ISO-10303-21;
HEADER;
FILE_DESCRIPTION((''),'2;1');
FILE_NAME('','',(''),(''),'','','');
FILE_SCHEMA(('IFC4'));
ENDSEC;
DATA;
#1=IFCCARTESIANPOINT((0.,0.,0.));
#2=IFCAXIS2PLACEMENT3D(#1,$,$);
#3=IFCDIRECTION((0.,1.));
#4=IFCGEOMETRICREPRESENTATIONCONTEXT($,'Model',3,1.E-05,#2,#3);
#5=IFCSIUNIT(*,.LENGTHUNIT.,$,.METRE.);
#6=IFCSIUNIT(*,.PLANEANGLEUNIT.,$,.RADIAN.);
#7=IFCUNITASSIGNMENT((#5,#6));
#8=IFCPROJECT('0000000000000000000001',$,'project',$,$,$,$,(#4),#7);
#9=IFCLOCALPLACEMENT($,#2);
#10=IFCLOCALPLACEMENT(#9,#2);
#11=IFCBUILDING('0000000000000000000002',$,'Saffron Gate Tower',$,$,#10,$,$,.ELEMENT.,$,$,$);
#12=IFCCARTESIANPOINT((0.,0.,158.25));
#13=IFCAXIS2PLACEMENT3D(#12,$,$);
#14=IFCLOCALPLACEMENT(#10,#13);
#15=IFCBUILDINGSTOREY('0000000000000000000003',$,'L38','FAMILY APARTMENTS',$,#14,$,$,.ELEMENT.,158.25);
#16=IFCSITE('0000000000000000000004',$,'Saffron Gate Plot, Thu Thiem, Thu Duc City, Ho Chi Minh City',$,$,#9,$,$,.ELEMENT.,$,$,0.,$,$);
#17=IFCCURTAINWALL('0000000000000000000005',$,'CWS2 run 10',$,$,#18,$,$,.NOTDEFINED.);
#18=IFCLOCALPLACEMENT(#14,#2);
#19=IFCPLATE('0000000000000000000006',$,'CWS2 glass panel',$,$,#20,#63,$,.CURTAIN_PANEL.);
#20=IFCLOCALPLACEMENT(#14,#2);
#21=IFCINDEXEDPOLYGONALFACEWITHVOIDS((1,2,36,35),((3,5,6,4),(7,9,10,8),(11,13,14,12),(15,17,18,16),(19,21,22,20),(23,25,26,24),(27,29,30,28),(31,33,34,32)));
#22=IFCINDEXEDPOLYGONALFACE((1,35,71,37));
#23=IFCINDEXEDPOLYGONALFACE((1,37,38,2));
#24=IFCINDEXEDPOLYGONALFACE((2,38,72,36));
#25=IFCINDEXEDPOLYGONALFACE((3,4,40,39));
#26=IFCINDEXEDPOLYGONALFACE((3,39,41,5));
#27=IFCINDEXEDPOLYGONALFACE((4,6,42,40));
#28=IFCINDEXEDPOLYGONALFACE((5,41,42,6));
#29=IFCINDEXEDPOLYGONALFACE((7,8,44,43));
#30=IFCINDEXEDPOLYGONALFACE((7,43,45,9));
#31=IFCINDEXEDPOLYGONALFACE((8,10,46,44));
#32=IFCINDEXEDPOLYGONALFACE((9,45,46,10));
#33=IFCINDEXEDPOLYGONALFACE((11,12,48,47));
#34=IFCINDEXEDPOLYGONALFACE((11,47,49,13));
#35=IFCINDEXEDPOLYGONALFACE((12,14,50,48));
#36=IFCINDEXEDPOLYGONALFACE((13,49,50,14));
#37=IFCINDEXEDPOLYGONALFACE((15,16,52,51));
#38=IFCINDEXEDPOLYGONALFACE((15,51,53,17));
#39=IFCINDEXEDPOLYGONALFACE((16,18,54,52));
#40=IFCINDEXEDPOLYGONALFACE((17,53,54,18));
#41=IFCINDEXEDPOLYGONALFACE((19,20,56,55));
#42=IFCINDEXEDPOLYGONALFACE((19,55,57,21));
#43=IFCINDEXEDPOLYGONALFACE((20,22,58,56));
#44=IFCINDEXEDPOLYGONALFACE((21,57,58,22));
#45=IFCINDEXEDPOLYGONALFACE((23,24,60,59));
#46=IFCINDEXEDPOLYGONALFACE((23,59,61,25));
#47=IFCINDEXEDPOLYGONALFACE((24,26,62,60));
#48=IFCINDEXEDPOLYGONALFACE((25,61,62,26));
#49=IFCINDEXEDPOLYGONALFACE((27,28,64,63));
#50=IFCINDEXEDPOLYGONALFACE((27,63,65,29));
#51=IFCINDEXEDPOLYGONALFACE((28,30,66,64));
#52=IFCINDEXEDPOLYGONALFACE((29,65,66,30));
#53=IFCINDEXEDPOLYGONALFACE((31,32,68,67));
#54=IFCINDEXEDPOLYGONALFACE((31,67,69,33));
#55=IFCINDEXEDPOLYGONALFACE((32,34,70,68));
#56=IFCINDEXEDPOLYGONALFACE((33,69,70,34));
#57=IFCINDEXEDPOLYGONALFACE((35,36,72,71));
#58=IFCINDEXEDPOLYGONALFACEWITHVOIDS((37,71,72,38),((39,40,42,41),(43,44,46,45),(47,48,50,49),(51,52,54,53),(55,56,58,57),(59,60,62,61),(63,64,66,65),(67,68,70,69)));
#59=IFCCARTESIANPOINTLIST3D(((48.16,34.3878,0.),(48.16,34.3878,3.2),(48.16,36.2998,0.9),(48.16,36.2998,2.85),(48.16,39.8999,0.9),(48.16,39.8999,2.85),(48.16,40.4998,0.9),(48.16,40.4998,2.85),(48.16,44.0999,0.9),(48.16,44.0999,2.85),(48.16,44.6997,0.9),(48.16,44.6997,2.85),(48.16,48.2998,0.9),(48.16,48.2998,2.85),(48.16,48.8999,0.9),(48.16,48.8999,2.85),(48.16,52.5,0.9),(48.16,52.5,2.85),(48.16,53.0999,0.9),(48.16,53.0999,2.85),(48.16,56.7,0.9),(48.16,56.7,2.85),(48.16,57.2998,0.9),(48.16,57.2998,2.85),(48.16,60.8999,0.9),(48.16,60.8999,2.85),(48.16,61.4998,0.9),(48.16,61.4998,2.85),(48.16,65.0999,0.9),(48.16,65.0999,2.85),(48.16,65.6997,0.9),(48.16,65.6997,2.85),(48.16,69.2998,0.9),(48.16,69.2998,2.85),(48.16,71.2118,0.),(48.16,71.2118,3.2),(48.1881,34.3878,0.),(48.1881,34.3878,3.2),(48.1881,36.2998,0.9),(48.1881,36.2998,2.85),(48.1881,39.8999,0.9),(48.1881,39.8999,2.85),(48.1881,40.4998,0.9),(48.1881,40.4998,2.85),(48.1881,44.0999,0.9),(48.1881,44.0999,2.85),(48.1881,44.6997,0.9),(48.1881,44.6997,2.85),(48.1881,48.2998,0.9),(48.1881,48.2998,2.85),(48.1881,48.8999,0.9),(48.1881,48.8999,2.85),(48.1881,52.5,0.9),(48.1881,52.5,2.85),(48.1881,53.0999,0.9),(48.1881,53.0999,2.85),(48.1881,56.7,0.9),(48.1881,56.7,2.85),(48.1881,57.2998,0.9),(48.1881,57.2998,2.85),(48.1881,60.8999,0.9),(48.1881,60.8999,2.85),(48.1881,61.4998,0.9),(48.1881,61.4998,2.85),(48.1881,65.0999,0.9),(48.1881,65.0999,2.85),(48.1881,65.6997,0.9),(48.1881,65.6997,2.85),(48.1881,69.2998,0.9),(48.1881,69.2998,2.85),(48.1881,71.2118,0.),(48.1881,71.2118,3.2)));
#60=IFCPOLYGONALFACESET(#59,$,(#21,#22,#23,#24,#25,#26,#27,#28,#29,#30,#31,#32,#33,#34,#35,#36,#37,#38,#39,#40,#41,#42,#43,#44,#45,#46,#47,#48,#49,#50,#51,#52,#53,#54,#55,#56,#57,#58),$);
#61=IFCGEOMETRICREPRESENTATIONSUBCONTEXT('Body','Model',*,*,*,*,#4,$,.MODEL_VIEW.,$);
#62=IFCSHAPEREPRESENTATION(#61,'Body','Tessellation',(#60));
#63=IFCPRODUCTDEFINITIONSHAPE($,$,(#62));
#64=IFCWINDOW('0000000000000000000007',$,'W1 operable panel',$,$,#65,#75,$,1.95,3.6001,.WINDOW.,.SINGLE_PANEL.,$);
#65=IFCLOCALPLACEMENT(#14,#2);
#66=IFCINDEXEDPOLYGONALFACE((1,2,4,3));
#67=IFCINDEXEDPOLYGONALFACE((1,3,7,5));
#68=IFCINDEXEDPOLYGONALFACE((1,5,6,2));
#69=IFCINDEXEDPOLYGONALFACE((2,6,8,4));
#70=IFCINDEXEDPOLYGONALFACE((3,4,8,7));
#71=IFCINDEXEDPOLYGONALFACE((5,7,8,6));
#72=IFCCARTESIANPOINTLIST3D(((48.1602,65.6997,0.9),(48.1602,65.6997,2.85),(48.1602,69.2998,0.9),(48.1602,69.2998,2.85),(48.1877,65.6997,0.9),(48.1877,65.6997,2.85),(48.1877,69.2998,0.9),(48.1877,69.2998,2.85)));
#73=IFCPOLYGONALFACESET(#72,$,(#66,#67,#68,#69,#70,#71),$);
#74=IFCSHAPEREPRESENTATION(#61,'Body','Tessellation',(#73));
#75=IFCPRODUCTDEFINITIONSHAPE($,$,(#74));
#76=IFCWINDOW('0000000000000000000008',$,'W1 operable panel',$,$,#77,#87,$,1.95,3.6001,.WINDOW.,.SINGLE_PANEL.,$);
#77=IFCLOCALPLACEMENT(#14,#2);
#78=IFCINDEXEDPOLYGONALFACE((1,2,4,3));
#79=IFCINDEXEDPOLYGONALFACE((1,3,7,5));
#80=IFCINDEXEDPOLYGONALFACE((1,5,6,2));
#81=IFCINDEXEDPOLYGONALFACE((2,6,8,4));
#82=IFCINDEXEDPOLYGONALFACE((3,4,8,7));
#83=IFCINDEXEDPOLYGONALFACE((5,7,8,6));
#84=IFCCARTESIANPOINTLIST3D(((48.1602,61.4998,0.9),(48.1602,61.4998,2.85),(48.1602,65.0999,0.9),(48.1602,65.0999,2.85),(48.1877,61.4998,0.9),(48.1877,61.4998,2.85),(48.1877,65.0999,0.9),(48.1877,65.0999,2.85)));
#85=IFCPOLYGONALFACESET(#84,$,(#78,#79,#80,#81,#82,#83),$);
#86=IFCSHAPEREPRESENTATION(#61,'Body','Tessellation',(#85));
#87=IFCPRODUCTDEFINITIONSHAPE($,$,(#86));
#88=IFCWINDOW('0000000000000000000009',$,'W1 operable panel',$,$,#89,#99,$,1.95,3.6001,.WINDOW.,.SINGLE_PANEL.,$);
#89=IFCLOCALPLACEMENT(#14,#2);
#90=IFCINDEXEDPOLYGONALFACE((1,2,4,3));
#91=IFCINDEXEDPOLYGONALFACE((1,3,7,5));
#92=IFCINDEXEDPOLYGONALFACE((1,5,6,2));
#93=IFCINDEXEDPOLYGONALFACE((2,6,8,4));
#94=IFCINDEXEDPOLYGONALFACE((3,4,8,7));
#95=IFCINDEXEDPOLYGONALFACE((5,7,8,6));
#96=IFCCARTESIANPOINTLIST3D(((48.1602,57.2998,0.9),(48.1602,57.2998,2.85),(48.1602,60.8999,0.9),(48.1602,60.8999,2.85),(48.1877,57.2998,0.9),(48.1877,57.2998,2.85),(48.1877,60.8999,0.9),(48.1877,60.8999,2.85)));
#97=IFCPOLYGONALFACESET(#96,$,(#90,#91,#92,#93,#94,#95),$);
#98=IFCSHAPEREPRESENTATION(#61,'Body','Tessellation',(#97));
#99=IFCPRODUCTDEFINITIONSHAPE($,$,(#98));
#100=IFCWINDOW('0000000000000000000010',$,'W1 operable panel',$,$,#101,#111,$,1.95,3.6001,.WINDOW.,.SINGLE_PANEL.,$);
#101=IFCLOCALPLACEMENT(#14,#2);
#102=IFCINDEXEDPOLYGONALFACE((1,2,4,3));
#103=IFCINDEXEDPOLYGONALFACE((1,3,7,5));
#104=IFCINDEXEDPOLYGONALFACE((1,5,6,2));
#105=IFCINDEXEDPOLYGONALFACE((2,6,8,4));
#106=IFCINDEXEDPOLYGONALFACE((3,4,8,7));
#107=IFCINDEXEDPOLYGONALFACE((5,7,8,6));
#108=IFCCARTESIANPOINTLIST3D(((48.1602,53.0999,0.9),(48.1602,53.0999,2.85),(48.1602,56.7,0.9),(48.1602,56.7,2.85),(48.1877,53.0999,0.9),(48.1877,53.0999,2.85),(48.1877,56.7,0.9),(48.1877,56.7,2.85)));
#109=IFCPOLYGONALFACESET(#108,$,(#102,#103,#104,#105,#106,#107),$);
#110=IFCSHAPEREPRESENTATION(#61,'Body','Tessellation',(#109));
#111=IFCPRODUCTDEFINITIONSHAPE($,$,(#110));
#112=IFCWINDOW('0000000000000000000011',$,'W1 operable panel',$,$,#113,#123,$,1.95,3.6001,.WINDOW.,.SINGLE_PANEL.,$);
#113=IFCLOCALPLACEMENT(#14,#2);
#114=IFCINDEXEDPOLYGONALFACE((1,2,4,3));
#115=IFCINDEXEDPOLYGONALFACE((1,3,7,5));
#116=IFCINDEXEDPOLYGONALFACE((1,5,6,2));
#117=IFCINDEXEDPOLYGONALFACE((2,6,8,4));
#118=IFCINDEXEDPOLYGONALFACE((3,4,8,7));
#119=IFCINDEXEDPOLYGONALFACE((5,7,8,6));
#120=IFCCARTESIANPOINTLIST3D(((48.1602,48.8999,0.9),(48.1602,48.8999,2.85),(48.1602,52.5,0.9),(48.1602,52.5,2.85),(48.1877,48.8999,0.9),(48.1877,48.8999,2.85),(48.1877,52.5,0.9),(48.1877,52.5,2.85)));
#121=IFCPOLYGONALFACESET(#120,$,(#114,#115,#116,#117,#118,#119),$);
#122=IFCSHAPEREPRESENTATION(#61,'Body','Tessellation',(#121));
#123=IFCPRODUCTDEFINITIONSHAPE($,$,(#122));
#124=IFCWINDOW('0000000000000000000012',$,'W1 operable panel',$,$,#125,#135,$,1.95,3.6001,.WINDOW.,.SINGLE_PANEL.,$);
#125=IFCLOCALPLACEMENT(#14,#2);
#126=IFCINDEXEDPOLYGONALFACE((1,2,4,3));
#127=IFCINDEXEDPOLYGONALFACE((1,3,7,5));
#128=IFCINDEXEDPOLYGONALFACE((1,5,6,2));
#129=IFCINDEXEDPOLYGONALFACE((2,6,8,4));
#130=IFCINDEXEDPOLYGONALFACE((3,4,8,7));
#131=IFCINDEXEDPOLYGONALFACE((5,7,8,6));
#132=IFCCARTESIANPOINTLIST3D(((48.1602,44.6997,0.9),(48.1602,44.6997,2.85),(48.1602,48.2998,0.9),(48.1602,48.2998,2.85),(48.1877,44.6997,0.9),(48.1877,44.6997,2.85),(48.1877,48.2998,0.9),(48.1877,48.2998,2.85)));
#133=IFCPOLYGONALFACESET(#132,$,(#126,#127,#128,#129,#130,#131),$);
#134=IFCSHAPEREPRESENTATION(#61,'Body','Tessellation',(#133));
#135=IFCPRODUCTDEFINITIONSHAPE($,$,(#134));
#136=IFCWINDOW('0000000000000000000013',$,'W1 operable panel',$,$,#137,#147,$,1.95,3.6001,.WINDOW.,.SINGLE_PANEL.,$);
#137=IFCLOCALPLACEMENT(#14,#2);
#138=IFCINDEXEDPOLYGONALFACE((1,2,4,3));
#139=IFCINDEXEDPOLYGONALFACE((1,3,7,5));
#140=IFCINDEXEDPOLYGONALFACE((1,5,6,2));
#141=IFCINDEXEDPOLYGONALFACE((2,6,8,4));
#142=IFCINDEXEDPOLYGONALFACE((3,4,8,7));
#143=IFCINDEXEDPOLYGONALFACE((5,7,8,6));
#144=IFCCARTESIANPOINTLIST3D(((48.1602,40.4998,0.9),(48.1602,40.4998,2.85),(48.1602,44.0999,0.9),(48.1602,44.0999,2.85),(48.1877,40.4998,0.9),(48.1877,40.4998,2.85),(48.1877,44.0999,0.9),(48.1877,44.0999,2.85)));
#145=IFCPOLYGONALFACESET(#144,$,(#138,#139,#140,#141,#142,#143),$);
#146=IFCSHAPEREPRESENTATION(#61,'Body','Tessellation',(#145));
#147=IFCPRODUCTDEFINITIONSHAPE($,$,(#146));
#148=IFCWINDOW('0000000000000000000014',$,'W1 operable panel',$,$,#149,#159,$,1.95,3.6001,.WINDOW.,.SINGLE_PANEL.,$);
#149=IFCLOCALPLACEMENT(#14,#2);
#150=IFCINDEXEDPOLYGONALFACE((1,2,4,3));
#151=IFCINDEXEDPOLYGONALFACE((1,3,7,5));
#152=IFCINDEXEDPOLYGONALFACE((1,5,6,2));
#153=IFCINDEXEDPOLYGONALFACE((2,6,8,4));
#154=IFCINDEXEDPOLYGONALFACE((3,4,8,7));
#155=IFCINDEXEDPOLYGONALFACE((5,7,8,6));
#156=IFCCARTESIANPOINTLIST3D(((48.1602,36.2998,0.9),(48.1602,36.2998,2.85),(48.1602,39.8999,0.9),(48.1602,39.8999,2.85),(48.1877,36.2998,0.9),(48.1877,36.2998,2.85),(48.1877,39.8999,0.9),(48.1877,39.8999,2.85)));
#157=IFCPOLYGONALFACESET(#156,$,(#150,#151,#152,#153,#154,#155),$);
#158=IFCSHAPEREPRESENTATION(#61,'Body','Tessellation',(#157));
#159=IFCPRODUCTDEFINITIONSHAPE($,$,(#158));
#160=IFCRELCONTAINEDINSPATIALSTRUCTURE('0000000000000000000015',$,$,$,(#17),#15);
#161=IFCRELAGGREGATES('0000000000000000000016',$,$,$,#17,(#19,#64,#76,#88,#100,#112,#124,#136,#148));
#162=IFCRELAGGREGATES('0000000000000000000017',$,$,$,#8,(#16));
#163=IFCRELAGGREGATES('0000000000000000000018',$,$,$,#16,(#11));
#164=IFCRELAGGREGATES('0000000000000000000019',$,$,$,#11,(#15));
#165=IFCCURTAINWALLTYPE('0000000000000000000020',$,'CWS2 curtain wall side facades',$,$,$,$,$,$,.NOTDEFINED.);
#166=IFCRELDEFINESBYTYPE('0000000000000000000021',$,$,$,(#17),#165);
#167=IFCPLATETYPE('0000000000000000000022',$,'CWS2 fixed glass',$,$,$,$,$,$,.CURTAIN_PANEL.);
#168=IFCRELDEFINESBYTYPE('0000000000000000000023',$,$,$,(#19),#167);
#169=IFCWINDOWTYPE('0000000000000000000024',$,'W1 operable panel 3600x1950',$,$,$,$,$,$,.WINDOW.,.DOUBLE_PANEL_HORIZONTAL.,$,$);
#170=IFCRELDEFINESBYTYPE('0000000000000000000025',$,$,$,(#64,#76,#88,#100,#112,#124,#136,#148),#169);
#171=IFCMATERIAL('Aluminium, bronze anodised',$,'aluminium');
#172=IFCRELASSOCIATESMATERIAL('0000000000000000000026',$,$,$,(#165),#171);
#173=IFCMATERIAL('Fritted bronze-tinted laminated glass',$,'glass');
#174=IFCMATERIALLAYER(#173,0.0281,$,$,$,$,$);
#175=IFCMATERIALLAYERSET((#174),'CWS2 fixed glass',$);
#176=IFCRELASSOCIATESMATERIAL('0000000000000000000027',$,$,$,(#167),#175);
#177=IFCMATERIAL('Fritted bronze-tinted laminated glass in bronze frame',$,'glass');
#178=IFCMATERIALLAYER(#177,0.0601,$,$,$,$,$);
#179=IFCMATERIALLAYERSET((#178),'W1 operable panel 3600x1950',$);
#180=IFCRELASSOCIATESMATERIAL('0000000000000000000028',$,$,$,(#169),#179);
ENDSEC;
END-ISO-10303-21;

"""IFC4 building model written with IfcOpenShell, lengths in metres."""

from ifc_helpers import new_model, si_unit, direction, frame, frame_2d, origin, place, context, subcontext, project, spatial, rectangle, extrude, material, layer, layer_set, type_object, element, fill, aggregate, save


model = new_model("IFC4")

# Units and contexts
model_context = context("Model", 3, precision=1e-05, world=origin(), true_north=direction((0.0, 1.0)))
body_context = subcontext(model_context, "Body", "Model", "MODEL_VIEW")
ifc_project = project(units=[si_unit("LENGTHUNIT", "METRE"), si_unit("PLANEANGLEUNIT", "RADIAN")], contexts=[model_context])

# Site, building, storey
site_placement = place(None, origin())
site = spatial("IfcSite", under=ifc_project, at=site_placement, Name="Saffron Gate Plot, Thu Thiem, Thu Duc City, Ho Chi Minh City", CompositionType="ELEMENT", RefElevation=0.0)
building_placement = place(site_placement, origin())
building = spatial("IfcBuilding", under=site, at=building_placement, Name="Saffron Gate Tower", CompositionType="ELEMENT")
storey_placement = place(building_placement, frame((0.0, 0.0, 158.25)))
storey = spatial("IfcBuildingStorey", under=building, at=storey_placement, Name="L38", Description="FAMILY APARTMENTS", CompositionType="ELEMENT", Elevation=158.25)

# Curtain wall
ifc_material_1 = material(Name="Aluminium, bronze anodised", Category="aluminium")
curtain_wall_type_1 = type_object("IfcCurtainWallType", Name="CWS2 curtain wall side facades", PredefinedType="NOTDEFINED", material=ifc_material_1)
curtain_wall_1_placement = place(storey_placement, origin())
curtain_wall_1 = element("IfcCurtainWall", 1, at=curtain_wall_1_placement, inside=storey, type_object=curtain_wall_type_1, Name="CWS2 run 10", PredefinedType="NOTDEFINED")

# Plate, openings, windows
ifc_material_2 = material(Name="Fritted bronze-tinted laminated glass", Category="glass")
ifc_layer_1 = layer(ifc_material_2, 0.0281)
ifc_layer_set_1 = layer_set([ifc_layer_1], Name="CWS2 fixed glass")
plate_type = type_object("IfcPlateType", Name="CWS2 fixed glass", PredefinedType="CURTAIN_PANEL", material=ifc_layer_set_1)
plate_placement = place(storey_placement, frame((48.1741, 71.2119, 0.0), z_axis=(0.0, 0.0, 1.0), x_axis=(0.0, -1.0, 0.0)))
plate = element("IfcPlate", 2, at=plate_placement, type_object=plate_type, Name="CWS2 glass panel", PredefinedType="CURTAIN_PANEL", context=body_context, shape_type="SweptSolid", body=[
    extrude(rectangle(XDim=36.824, YDim=0.0281, at=frame_2d((18.4121, 0.0))), origin(), (0.0, 0.0, 1.0), 3.2),
])
opening_1_placement = place(plate_placement, frame((1.9121, 0.0, 0.8999)))
opening_1 = element("IfcOpeningElement", 3, at=opening_1_placement, cuts=plate, PredefinedType="OPENING", context=body_context, shape_type="SweptSolid", body=[
    extrude(rectangle(XDim=3.6001, YDim=1.95, at=frame_2d((1.8, 0.9751))), frame((0.0, 0.0239, 0.0), z_axis=(0.0, -1.0, 0.0), x_axis=(1.0, 0.0, 0.0)), (0.0, 0.0, 1.0), 0.0481),
])
opening_2_placement = place(plate_placement, frame((6.1121, 0.0, 0.8999)))
opening_2 = element("IfcOpeningElement", 4, at=opening_2_placement, cuts=plate, PredefinedType="OPENING", context=body_context, shape_type="SweptSolid", body=[
    extrude(rectangle(XDim=3.6001, YDim=1.95, at=frame_2d((1.8, 0.9751))), frame((0.0, 0.0239, 0.0), z_axis=(0.0, -1.0, 0.0), x_axis=(1.0, 0.0, 0.0)), (0.0, 0.0, 1.0), 0.0481),
])
opening_3_placement = place(plate_placement, frame((10.312, 0.0, 0.8999)))
opening_3 = element("IfcOpeningElement", 5, at=opening_3_placement, cuts=plate, PredefinedType="OPENING", context=body_context, shape_type="SweptSolid", body=[
    extrude(rectangle(XDim=3.6001, YDim=1.95, at=frame_2d((1.8, 0.9751))), frame((0.0, 0.0239, 0.0), z_axis=(0.0, -1.0, 0.0), x_axis=(1.0, 0.0, 0.0)), (0.0, 0.0, 1.0), 0.0481),
])
opening_4_placement = place(plate_placement, frame((14.512, 0.0, 0.8999)))
opening_4 = element("IfcOpeningElement", 6, at=opening_4_placement, cuts=plate, PredefinedType="OPENING", context=body_context, shape_type="SweptSolid", body=[
    extrude(rectangle(XDim=3.6001, YDim=1.95, at=frame_2d((1.8, 0.9751))), frame((0.0, 0.0239, 0.0), z_axis=(0.0, -1.0, 0.0), x_axis=(1.0, 0.0, 0.0)), (0.0, 0.0, 1.0), 0.0481),
])
opening_5_placement = place(plate_placement, frame((18.7119, 0.0, 0.8999)))
opening_5 = element("IfcOpeningElement", 7, at=opening_5_placement, cuts=plate, PredefinedType="OPENING", context=body_context, shape_type="SweptSolid", body=[
    extrude(rectangle(XDim=3.6001, YDim=1.95, at=frame_2d((1.8, 0.9751))), frame((0.0, 0.0239, 0.0), z_axis=(0.0, -1.0, 0.0), x_axis=(1.0, 0.0, 0.0)), (0.0, 0.0, 1.0), 0.0481),
])
opening_6_placement = place(plate_placement, frame((22.9121, 0.0, 0.8999)))
opening_6 = element("IfcOpeningElement", 8, at=opening_6_placement, cuts=plate, PredefinedType="OPENING", context=body_context, shape_type="SweptSolid", body=[
    extrude(rectangle(XDim=3.6001, YDim=1.95, at=frame_2d((1.8, 0.9751))), frame((0.0, 0.0239, 0.0), z_axis=(0.0, -1.0, 0.0), x_axis=(1.0, 0.0, 0.0)), (0.0, 0.0, 1.0), 0.0481),
])
opening_7_placement = place(plate_placement, frame((27.1121, 0.0, 0.8999)))
opening_7 = element("IfcOpeningElement", 9, at=opening_7_placement, cuts=plate, PredefinedType="OPENING", context=body_context, shape_type="SweptSolid", body=[
    extrude(rectangle(XDim=3.6001, YDim=1.95, at=frame_2d((1.8, 0.9751))), frame((0.0, 0.0239, 0.0), z_axis=(0.0, -1.0, 0.0), x_axis=(1.0, 0.0, 0.0)), (0.0, 0.0, 1.0), 0.0481),
])
opening_8_placement = place(plate_placement, frame((31.312, 0.0, 0.8999)))
opening_8 = element("IfcOpeningElement", 10, at=opening_8_placement, cuts=plate, PredefinedType="OPENING", context=body_context, shape_type="SweptSolid", body=[
    extrude(rectangle(XDim=3.6001, YDim=1.95, at=frame_2d((1.8, 0.9751))), frame((0.0, 0.0239, 0.0), z_axis=(0.0, -1.0, 0.0), x_axis=(1.0, 0.0, 0.0)), (0.0, 0.0, 1.0), 0.0481),
])
ifc_material_3 = material(Name="Fritted bronze-tinted laminated glass in bronze frame", Category="glass")
ifc_layer_2 = layer(ifc_material_3, 0.0601)
ifc_layer_set_2 = layer_set([ifc_layer_2], Name="W1 operable panel 3600x1950")
window_type = type_object("IfcWindowType", Name="W1 operable panel 3600x1950", PartitioningType="DOUBLE_PANEL_HORIZONTAL", PredefinedType="WINDOW", material=ifc_layer_set_2)
window_1_placement = place(opening_1_placement, origin())
window_1 = element("IfcWindow", 11, at=window_1_placement, type_object=window_type, Name="W1 operable panel", OverallHeight=1.95, OverallWidth=3.6001, PartitioningType="SINGLE_PANEL", PredefinedType="WINDOW", context=body_context, shape_type="SweptSolid", body=[
    extrude(rectangle(XDim=3.6001, YDim=1.95, at=frame_2d((1.8, 0.9751))), frame((0.0, 0.0137, 0.0), z_axis=(0.0, -1.0, 0.0), x_axis=(1.0, 0.0, 0.0)), (0.0, 0.0, 1.0), 0.0276),
])
fill(opening_1, window_1)
window_2_placement = place(opening_2_placement, origin())
window_2 = element("IfcWindow", 12, at=window_2_placement, type_object=window_type, Name="W1 operable panel", OverallHeight=1.95, OverallWidth=3.6001, PartitioningType="SINGLE_PANEL", PredefinedType="WINDOW", context=body_context, shape_type="SweptSolid", body=[
    extrude(rectangle(XDim=3.6001, YDim=1.95, at=frame_2d((1.8, 0.9751))), frame((0.0, 0.0137, 0.0), z_axis=(0.0, -1.0, 0.0), x_axis=(1.0, 0.0, 0.0)), (0.0, 0.0, 1.0), 0.0276),
])
fill(opening_2, window_2)
window_3_placement = place(opening_3_placement, origin())
window_3 = element("IfcWindow", 13, at=window_3_placement, type_object=window_type, Name="W1 operable panel", OverallHeight=1.95, OverallWidth=3.6001, PartitioningType="SINGLE_PANEL", PredefinedType="WINDOW", context=body_context, shape_type="SweptSolid", body=[
    extrude(rectangle(XDim=3.6001, YDim=1.95, at=frame_2d((1.8, 0.9751))), frame((0.0, 0.0137, 0.0), z_axis=(0.0, -1.0, 0.0), x_axis=(1.0, 0.0, 0.0)), (0.0, 0.0, 1.0), 0.0276),
])
fill(opening_3, window_3)
window_4_placement = place(opening_4_placement, origin())
window_4 = element("IfcWindow", 14, at=window_4_placement, type_object=window_type, Name="W1 operable panel", OverallHeight=1.95, OverallWidth=3.6001, PartitioningType="SINGLE_PANEL", PredefinedType="WINDOW", context=body_context, shape_type="SweptSolid", body=[
    extrude(rectangle(XDim=3.6001, YDim=1.95, at=frame_2d((1.8, 0.9751))), frame((0.0, 0.0137, 0.0), z_axis=(0.0, -1.0, 0.0), x_axis=(1.0, 0.0, 0.0)), (0.0, 0.0, 1.0), 0.0276),
])
fill(opening_4, window_4)
window_5_placement = place(opening_5_placement, origin())
window_5 = element("IfcWindow", 15, at=window_5_placement, type_object=window_type, Name="W1 operable panel", OverallHeight=1.95, OverallWidth=3.6001, PartitioningType="SINGLE_PANEL", PredefinedType="WINDOW", context=body_context, shape_type="SweptSolid", body=[
    extrude(rectangle(XDim=3.6001, YDim=1.95, at=frame_2d((1.8, 0.9751))), frame((0.0, 0.0137, 0.0), z_axis=(0.0, -1.0, 0.0), x_axis=(1.0, 0.0, 0.0)), (0.0, 0.0, 1.0), 0.0276),
])
fill(opening_5, window_5)
window_6_placement = place(opening_6_placement, origin())
window_6 = element("IfcWindow", 16, at=window_6_placement, type_object=window_type, Name="W1 operable panel", OverallHeight=1.95, OverallWidth=3.6001, PartitioningType="SINGLE_PANEL", PredefinedType="WINDOW", context=body_context, shape_type="SweptSolid", body=[
    extrude(rectangle(XDim=3.6001, YDim=1.95, at=frame_2d((1.8, 0.9751))), frame((0.0, 0.0137, 0.0), z_axis=(0.0, -1.0, 0.0), x_axis=(1.0, 0.0, 0.0)), (0.0, 0.0, 1.0), 0.0276),
])
fill(opening_6, window_6)
window_7_placement = place(opening_7_placement, origin())
window_7 = element("IfcWindow", 17, at=window_7_placement, type_object=window_type, Name="W1 operable panel", OverallHeight=1.95, OverallWidth=3.6001, PartitioningType="SINGLE_PANEL", PredefinedType="WINDOW", context=body_context, shape_type="SweptSolid", body=[
    extrude(rectangle(XDim=3.6001, YDim=1.95, at=frame_2d((1.8, 0.9751))), frame((0.0, 0.0137, 0.0), z_axis=(0.0, -1.0, 0.0), x_axis=(1.0, 0.0, 0.0)), (0.0, 0.0, 1.0), 0.0276),
])
fill(opening_7, window_7)
window_8_placement = place(opening_8_placement, origin())
window_8 = element("IfcWindow", 18, at=window_8_placement, type_object=window_type, Name="W1 operable panel", OverallHeight=1.95, OverallWidth=3.6001, PartitioningType="SINGLE_PANEL", PredefinedType="WINDOW", context=body_context, shape_type="SweptSolid", body=[
    extrude(rectangle(XDim=3.6001, YDim=1.95, at=frame_2d((1.8, 0.9751))), frame((0.0, 0.0137, 0.0), z_axis=(0.0, -1.0, 0.0), x_axis=(1.0, 0.0, 0.0)), (0.0, 0.0, 1.0), 0.0276),
])
fill(opening_8, window_8)
aggregate(curtain_wall_1, [plate, window_1, window_2, window_3, window_4, window_5, window_6, window_7, window_8])

save(model, "model.ifc")
